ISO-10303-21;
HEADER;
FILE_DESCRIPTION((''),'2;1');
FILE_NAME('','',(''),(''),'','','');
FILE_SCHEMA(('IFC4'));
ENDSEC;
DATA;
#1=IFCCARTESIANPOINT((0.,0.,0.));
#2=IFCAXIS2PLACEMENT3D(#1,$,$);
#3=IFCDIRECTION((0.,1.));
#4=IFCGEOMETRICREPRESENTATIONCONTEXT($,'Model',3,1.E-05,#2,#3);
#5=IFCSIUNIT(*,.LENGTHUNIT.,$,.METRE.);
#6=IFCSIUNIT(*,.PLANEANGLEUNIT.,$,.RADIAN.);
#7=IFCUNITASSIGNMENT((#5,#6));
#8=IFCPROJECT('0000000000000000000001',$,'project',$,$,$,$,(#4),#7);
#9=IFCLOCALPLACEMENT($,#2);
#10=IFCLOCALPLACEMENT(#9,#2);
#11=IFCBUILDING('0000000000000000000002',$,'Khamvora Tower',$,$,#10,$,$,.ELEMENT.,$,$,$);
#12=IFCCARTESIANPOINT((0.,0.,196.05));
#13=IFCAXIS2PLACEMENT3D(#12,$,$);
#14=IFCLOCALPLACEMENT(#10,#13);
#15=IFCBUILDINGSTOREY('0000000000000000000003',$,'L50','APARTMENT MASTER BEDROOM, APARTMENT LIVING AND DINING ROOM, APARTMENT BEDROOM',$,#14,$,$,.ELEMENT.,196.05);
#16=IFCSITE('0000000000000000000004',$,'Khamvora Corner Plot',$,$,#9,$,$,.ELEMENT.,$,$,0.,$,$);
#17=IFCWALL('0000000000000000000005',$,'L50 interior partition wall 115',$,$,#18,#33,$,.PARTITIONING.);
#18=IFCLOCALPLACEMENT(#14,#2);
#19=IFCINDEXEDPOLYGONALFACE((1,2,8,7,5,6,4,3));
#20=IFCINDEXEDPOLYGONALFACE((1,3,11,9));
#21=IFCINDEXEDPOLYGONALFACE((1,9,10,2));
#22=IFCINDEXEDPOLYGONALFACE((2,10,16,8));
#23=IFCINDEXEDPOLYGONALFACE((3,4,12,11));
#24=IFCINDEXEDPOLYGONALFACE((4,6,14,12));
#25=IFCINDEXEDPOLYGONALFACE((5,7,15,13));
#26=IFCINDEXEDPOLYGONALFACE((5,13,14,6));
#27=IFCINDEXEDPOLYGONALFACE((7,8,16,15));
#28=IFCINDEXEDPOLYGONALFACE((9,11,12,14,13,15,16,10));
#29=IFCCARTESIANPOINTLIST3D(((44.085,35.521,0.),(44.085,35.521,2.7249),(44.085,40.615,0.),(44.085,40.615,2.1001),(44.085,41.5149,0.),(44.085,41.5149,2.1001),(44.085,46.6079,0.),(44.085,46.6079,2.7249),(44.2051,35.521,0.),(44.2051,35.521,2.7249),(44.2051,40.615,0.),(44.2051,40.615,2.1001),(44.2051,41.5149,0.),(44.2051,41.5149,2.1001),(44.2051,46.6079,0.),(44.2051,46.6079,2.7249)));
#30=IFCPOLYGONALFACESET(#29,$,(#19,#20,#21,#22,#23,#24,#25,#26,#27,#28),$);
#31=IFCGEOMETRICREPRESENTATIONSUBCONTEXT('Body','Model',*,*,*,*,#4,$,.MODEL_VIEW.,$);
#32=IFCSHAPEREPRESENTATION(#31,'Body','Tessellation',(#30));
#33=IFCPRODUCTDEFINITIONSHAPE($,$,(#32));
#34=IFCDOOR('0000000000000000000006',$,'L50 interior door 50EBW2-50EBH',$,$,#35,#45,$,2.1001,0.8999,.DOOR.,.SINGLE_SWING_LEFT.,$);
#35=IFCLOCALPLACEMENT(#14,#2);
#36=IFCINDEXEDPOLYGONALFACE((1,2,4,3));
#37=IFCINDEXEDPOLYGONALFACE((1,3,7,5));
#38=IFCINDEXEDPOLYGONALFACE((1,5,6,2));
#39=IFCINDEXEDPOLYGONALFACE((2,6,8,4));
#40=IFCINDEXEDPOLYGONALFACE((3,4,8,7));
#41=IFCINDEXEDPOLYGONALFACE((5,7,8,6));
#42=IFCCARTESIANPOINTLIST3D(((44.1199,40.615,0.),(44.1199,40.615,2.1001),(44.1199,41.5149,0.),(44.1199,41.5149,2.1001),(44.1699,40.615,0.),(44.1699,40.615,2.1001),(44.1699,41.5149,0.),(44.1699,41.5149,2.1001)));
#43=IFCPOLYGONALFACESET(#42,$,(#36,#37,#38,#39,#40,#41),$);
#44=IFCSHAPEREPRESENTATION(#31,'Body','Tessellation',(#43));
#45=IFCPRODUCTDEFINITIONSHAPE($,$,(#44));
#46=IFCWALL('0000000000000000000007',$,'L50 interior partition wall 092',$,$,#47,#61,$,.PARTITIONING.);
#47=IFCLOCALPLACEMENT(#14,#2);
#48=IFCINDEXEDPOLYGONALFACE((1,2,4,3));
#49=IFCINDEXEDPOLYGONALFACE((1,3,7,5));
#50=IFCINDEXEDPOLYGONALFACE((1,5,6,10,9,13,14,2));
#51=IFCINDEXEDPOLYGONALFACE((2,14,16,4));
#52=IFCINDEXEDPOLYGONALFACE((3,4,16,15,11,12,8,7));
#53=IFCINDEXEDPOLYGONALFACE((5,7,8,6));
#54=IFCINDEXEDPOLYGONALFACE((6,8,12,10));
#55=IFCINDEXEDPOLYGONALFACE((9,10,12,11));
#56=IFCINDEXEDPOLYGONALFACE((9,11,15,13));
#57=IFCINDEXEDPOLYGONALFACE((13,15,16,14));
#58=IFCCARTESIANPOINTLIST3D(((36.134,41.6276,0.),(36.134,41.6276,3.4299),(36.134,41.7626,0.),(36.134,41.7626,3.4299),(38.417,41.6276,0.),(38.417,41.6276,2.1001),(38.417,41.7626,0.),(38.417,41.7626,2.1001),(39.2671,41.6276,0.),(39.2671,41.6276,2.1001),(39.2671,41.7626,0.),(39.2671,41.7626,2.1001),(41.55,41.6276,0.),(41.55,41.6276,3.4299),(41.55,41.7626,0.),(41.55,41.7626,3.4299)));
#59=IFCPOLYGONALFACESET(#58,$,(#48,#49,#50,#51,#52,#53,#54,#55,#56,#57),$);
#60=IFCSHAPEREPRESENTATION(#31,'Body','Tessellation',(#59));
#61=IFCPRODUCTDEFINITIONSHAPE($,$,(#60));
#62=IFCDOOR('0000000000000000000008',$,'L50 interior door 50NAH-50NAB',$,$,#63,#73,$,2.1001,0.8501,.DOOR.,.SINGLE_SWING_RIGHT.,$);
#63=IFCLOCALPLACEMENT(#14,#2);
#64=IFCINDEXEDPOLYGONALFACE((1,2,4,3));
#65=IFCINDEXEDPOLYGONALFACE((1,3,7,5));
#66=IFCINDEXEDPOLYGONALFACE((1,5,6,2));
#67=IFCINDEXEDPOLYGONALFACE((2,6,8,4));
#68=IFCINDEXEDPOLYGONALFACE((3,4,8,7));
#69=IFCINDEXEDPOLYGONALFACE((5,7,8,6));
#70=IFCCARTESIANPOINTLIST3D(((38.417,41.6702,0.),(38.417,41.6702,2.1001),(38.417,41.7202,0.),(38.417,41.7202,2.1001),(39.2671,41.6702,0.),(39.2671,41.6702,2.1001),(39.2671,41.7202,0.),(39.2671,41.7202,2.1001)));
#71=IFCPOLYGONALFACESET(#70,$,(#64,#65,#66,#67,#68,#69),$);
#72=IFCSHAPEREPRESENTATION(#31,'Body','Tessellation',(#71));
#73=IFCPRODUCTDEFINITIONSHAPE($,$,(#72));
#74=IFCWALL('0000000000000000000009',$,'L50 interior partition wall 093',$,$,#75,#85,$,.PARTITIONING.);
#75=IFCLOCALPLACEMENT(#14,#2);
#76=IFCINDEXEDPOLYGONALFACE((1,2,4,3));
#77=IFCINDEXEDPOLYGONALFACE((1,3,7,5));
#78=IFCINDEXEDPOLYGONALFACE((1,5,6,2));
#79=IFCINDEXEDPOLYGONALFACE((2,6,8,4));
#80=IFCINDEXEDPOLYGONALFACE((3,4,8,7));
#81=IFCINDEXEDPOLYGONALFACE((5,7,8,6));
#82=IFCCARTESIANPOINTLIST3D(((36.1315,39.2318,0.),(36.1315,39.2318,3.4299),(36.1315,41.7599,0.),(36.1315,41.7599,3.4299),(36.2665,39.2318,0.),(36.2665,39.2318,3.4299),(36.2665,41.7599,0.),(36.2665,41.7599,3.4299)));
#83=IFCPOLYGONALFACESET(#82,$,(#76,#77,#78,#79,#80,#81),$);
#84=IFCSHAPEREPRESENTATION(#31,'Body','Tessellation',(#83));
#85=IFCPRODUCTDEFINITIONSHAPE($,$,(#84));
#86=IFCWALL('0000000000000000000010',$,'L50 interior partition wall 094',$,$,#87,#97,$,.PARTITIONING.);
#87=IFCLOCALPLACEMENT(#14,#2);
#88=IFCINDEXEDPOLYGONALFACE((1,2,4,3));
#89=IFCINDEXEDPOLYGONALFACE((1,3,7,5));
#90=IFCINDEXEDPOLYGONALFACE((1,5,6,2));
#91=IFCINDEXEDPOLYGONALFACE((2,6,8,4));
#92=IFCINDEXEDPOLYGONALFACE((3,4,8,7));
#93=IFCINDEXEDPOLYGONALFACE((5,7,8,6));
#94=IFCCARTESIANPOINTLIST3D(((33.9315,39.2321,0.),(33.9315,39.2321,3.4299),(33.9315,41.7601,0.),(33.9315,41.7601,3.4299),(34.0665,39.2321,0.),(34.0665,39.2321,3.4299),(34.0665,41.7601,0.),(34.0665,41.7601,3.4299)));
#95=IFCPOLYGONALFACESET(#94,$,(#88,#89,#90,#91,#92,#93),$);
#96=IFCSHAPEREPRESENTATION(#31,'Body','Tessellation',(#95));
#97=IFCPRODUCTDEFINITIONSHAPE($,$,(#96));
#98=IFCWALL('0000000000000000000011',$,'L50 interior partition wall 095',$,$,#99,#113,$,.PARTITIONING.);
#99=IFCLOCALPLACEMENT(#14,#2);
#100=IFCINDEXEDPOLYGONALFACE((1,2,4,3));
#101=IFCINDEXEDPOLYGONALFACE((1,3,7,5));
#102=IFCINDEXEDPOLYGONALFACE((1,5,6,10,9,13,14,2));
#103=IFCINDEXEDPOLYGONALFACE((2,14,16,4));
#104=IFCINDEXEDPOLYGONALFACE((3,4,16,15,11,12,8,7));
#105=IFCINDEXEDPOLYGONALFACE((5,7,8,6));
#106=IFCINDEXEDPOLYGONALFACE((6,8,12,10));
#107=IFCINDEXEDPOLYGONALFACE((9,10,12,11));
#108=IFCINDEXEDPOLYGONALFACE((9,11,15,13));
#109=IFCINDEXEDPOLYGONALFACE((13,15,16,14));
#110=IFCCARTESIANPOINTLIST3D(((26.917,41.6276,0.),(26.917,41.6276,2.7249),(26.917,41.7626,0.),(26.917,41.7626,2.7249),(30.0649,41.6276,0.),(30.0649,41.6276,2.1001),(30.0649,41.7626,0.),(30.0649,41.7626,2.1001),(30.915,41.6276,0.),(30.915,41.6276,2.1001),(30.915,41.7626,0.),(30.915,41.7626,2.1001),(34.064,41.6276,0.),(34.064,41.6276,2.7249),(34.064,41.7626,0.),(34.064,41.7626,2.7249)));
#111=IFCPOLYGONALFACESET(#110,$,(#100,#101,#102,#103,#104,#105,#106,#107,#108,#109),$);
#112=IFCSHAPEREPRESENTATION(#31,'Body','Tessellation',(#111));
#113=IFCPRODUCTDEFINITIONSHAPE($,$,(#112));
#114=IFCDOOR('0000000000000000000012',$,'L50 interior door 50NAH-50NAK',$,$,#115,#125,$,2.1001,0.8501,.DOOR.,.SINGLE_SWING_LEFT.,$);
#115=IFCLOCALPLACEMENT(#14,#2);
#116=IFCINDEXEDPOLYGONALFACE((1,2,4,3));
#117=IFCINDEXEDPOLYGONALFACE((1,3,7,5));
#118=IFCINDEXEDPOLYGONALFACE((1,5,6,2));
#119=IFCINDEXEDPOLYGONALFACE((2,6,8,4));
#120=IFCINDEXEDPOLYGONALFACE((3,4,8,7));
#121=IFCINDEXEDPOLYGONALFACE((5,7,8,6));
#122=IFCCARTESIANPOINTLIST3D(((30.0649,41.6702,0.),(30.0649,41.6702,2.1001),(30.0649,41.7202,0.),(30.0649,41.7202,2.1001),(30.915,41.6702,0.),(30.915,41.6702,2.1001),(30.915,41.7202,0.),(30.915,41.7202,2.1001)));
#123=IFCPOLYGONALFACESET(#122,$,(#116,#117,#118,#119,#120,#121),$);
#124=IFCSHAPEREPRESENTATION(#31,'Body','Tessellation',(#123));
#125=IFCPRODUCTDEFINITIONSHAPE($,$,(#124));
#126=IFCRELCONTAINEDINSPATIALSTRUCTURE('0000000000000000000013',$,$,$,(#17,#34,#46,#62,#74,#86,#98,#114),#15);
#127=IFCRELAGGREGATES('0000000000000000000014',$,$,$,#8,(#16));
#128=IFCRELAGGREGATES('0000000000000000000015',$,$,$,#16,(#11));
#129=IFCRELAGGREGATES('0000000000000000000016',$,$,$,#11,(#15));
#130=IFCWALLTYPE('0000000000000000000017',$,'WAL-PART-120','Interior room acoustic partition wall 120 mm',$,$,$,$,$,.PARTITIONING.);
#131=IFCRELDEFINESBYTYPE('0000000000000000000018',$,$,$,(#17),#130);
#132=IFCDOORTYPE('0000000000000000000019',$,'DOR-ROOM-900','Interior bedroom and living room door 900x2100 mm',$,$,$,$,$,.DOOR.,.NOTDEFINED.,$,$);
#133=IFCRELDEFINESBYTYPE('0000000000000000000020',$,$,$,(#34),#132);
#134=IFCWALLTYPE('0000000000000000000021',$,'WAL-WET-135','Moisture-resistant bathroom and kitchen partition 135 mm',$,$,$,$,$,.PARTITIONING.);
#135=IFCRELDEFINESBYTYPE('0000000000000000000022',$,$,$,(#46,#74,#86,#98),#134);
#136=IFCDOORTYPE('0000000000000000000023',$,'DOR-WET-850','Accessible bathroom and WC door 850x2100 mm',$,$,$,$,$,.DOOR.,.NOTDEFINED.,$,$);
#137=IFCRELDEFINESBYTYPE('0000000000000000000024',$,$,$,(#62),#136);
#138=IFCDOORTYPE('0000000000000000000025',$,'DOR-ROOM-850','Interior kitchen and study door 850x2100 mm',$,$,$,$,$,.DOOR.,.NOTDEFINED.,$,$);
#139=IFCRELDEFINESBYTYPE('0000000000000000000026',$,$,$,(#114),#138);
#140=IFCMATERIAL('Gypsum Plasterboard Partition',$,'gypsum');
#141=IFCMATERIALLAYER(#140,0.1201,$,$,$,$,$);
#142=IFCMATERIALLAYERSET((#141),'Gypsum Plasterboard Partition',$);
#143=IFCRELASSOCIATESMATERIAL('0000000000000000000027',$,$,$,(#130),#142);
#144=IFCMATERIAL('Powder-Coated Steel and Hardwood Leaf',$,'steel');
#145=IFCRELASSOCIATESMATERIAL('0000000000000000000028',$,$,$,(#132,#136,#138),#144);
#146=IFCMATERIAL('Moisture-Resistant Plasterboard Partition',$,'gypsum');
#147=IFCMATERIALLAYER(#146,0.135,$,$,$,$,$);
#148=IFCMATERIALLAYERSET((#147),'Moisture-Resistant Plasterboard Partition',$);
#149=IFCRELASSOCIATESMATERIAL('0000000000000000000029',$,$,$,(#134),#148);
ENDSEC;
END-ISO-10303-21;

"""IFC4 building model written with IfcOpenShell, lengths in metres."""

from ifc_helpers import new_model, si_unit, direction, frame, frame_2d, origin, place, context, subcontext, project, spatial, rectangle, extrude, material, layer, layer_set, type_object, element, fill, save


model = new_model("IFC4")

# Units and contexts
model_context = context("Model", 3, precision=1e-05, world=origin(), true_north=direction((0.0, 1.0)))
body_context = subcontext(model_context, "Body", "Model", "MODEL_VIEW")
ifc_project = project(units=[si_unit("LENGTHUNIT", "METRE"), si_unit("PLANEANGLEUNIT", "RADIAN")], contexts=[model_context])

# Site, building, storey
site_placement = place(None, origin())
site = spatial("IfcSite", under=ifc_project, at=site_placement, Name="Khamvora Corner Plot", CompositionType="ELEMENT", RefElevation=0.0)
building_placement = place(site_placement, origin())
building = spatial("IfcBuilding", under=site, at=building_placement, Name="Khamvora Tower", CompositionType="ELEMENT")
storey_placement = place(building_placement, frame((0.0, 0.0, 196.05)))
storey = spatial("IfcBuildingStorey", under=building, at=storey_placement, Name="L50", Description="APARTMENT MASTER BEDROOM, APARTMENT LIVING AND DINING ROOM, APARTMENT BEDROOM", CompositionType="ELEMENT", Elevation=196.05)

# Walls, openings, doors
ifc_material_1 = material(Name="Gypsum Plasterboard Partition", Category="gypsum")
ifc_layer_1 = layer(ifc_material_1, 0.1201)
ifc_layer_set_1 = layer_set([ifc_layer_1], Name="Gypsum Plasterboard Partition")
wall_type_1 = type_object("IfcWallType", Name="WAL-PART-120", Description="Interior room acoustic partition wall 120 mm", PredefinedType="PARTITIONING", material=ifc_layer_set_1)
wall_1_placement = place(storey_placement, frame((44.145, 46.6079, 0.0), z_axis=(0.0, 0.0, 1.0), x_axis=(0.0, -1.0, 0.0)))
wall_1 = element("IfcWall", 1, at=wall_1_placement, inside=storey, type_object=wall_type_1, Name="L50 interior partition wall 115", PredefinedType="PARTITIONING", context=body_context, shape_type="SweptSolid", body=[
    extrude(rectangle(XDim=11.0869, YDim=0.1201, at=frame_2d((5.5435, 0.0))), origin(), (0.0, 0.0, 1.0), 2.7249),
])
opening_1_placement = place(wall_1_placement, frame((5.093, 0.0, 0.0)))
opening_1 = element("IfcOpeningElement", 2, at=opening_1_placement, cuts=wall_1, PredefinedType="OPENING", context=body_context, shape_type="SweptSolid", body=[
    extrude(rectangle(XDim=0.8999, YDim=2.1001, at=frame_2d((0.45, 1.05))), frame((0.0, 0.0701, 0.0), z_axis=(0.0, -1.0, 0.0), x_axis=(1.0, 0.0, 0.0)), (0.0, 0.0, 1.0), 0.1401),
])
ifc_material_2 = material(Name="Powder-Coated Steel and Hardwood Leaf", Category="steel")
door_type_1 = type_object("IfcDoorType", Name="DOR-ROOM-900", Description="Interior bedroom and living room door 900x2100 mm", OperationType="NOTDEFINED", PredefinedType="DOOR", material=ifc_material_2)
door_1_placement = place(opening_1_placement, origin())
door_1 = element("IfcDoor", 3, at=door_1_placement, inside=storey, type_object=door_type_1, Name="L50 interior door 50EBW2-50EBH", OperationType="SINGLE_SWING_LEFT", OverallHeight=2.1001, OverallWidth=0.8999, PredefinedType="DOOR", context=body_context, shape_type="SweptSolid", body=[
    extrude(rectangle(XDim=0.8999, YDim=2.1001, at=frame_2d((0.45, 1.05))), frame((0.0, 0.0249, 0.0), z_axis=(0.0, -1.0, 0.0), x_axis=(1.0, 0.0, 0.0)), (0.0, 0.0, 1.0), 0.05),
])
fill(opening_1, door_1)
ifc_material_3 = material(Name="Moisture-Resistant Plasterboard Partition", Category="gypsum")
ifc_layer_2 = layer(ifc_material_3, 0.135)
ifc_layer_set_2 = layer_set([ifc_layer_2], Name="Moisture-Resistant Plasterboard Partition")
wall_type_2 = type_object("IfcWallType", Name="WAL-WET-135", Description="Moisture-resistant bathroom and kitchen partition 135 mm", PredefinedType="PARTITIONING", material=ifc_layer_set_2)
wall_2_placement = place(storey_placement, frame((41.55, 41.6951, 0.0), z_axis=(0.0, 0.0, 1.0), x_axis=(-1.0, 0.0, 0.0)))
wall_2 = element("IfcWall", 4, at=wall_2_placement, inside=storey, type_object=wall_type_2, Name="L50 interior partition wall 092", PredefinedType="PARTITIONING", context=body_context, shape_type="SweptSolid", body=[
    extrude(rectangle(XDim=5.416, YDim=0.135, at=frame_2d((2.708, 0.0))), origin(), (0.0, 0.0, 1.0), 3.4299),
])
opening_2_placement = place(wall_2_placement, frame((2.283, 0.0, 0.0)))
opening_2 = element("IfcOpeningElement", 5, at=opening_2_placement, cuts=wall_2, PredefinedType="OPENING", context=body_context, shape_type="SweptSolid", body=[
    extrude(rectangle(XDim=0.8501, YDim=2.1001, at=frame_2d((0.425, 1.05))), frame((0.0, 0.0774, 0.0), z_axis=(0.0, -1.0, 0.0), x_axis=(1.0, 0.0, 0.0)), (0.0, 0.0, 1.0), 0.155),
])
door_type_2 = type_object("IfcDoorType", Name="DOR-WET-850", Description="Accessible bathroom and WC door 850x2100 mm", OperationType="NOTDEFINED", PredefinedType="DOOR", material=ifc_material_2)
door_2_placement = place(opening_2_placement, origin())
door_2 = element("IfcDoor", 6, at=door_2_placement, inside=storey, type_object=door_type_2, Name="L50 interior door 50NAH-50NAB", OperationType="SINGLE_SWING_RIGHT", OverallHeight=2.1001, OverallWidth=0.8501, PredefinedType="DOOR", context=body_context, shape_type="SweptSolid", body=[
    extrude(rectangle(XDim=0.8501, YDim=2.1001, at=frame_2d((0.425, 1.05))), frame((0.0, 0.0249, 0.0), z_axis=(0.0, -1.0, 0.0), x_axis=(1.0, 0.0, 0.0)), (0.0, 0.0, 1.0), 0.05),
])
fill(opening_2, door_2)

# Walls
for number, where, z_axis, x_axis, name in (
    (7, (36.199, 41.76, 0.0), (0.0, 0.0, 1.0), (0.0, -1.0, 0.0), "L50 interior partition wall 093"),
    (8, (33.999, 39.2319, 0.0), (0.0, 0.0, 1.0), (0.0, 1.0, 0.0), "L50 interior partition wall 094"),
):
    element("IfcWall", number, at=place(storey_placement, frame(where, z_axis=z_axis, x_axis=x_axis)), inside=storey, type_object=wall_type_2, Name=name, PredefinedType="PARTITIONING", context=body_context, shape_type="SweptSolid", body=[
        extrude(rectangle(XDim=2.5281, YDim=0.135, at=frame_2d((1.2642, 0.0))), origin(), (0.0, 0.0, 1.0), 3.4299),
    ])

# Wall, opening, door
wall_3_placement = place(storey_placement, frame((34.064, 41.6951, 0.0), z_axis=(0.0, 0.0, 1.0), x_axis=(-1.0, 0.0, 0.0)))
wall_3 = element("IfcWall", 9, at=wall_3_placement, inside=storey, type_object=wall_type_2, Name="L50 interior partition wall 095", PredefinedType="PARTITIONING", context=body_context, shape_type="SweptSolid", body=[
    extrude(rectangle(XDim=7.147, YDim=0.135, at=frame_2d((3.5735, 0.0))), origin(), (0.0, 0.0, 1.0), 2.7249),
])
opening_3_placement = place(wall_3_placement, frame((3.1489, 0.0, 0.0)))
opening_3 = element("IfcOpeningElement", 10, at=opening_3_placement, cuts=wall_3, PredefinedType="OPENING", context=body_context, shape_type="SweptSolid", body=[
    extrude(rectangle(XDim=0.8501, YDim=2.1001, at=frame_2d((0.425, 1.05))), frame((0.0, 0.0774, 0.0), z_axis=(0.0, -1.0, 0.0), x_axis=(1.0, 0.0, 0.0)), (0.0, 0.0, 1.0), 0.155),
])
door_type_3 = type_object("IfcDoorType", Name="DOR-ROOM-850", Description="Interior kitchen and study door 850x2100 mm", OperationType="NOTDEFINED", PredefinedType="DOOR", material=ifc_material_2)
door_3_placement = place(opening_3_placement, origin())
door_3 = element("IfcDoor", 11, at=door_3_placement, inside=storey, type_object=door_type_3, Name="L50 interior door 50NAH-50NAK", OperationType="SINGLE_SWING_LEFT", OverallHeight=2.1001, OverallWidth=0.8501, PredefinedType="DOOR", context=body_context, shape_type="SweptSolid", body=[
    extrude(rectangle(XDim=0.8501, YDim=2.1001, at=frame_2d((0.425, 1.05))), frame((0.0, 0.0249, 0.0), z_axis=(0.0, -1.0, 0.0), x_axis=(1.0, 0.0, 0.0)), (0.0, 0.0, 1.0), 0.05),
])
fill(opening_3, door_3)

save(model, "model.ifc")
